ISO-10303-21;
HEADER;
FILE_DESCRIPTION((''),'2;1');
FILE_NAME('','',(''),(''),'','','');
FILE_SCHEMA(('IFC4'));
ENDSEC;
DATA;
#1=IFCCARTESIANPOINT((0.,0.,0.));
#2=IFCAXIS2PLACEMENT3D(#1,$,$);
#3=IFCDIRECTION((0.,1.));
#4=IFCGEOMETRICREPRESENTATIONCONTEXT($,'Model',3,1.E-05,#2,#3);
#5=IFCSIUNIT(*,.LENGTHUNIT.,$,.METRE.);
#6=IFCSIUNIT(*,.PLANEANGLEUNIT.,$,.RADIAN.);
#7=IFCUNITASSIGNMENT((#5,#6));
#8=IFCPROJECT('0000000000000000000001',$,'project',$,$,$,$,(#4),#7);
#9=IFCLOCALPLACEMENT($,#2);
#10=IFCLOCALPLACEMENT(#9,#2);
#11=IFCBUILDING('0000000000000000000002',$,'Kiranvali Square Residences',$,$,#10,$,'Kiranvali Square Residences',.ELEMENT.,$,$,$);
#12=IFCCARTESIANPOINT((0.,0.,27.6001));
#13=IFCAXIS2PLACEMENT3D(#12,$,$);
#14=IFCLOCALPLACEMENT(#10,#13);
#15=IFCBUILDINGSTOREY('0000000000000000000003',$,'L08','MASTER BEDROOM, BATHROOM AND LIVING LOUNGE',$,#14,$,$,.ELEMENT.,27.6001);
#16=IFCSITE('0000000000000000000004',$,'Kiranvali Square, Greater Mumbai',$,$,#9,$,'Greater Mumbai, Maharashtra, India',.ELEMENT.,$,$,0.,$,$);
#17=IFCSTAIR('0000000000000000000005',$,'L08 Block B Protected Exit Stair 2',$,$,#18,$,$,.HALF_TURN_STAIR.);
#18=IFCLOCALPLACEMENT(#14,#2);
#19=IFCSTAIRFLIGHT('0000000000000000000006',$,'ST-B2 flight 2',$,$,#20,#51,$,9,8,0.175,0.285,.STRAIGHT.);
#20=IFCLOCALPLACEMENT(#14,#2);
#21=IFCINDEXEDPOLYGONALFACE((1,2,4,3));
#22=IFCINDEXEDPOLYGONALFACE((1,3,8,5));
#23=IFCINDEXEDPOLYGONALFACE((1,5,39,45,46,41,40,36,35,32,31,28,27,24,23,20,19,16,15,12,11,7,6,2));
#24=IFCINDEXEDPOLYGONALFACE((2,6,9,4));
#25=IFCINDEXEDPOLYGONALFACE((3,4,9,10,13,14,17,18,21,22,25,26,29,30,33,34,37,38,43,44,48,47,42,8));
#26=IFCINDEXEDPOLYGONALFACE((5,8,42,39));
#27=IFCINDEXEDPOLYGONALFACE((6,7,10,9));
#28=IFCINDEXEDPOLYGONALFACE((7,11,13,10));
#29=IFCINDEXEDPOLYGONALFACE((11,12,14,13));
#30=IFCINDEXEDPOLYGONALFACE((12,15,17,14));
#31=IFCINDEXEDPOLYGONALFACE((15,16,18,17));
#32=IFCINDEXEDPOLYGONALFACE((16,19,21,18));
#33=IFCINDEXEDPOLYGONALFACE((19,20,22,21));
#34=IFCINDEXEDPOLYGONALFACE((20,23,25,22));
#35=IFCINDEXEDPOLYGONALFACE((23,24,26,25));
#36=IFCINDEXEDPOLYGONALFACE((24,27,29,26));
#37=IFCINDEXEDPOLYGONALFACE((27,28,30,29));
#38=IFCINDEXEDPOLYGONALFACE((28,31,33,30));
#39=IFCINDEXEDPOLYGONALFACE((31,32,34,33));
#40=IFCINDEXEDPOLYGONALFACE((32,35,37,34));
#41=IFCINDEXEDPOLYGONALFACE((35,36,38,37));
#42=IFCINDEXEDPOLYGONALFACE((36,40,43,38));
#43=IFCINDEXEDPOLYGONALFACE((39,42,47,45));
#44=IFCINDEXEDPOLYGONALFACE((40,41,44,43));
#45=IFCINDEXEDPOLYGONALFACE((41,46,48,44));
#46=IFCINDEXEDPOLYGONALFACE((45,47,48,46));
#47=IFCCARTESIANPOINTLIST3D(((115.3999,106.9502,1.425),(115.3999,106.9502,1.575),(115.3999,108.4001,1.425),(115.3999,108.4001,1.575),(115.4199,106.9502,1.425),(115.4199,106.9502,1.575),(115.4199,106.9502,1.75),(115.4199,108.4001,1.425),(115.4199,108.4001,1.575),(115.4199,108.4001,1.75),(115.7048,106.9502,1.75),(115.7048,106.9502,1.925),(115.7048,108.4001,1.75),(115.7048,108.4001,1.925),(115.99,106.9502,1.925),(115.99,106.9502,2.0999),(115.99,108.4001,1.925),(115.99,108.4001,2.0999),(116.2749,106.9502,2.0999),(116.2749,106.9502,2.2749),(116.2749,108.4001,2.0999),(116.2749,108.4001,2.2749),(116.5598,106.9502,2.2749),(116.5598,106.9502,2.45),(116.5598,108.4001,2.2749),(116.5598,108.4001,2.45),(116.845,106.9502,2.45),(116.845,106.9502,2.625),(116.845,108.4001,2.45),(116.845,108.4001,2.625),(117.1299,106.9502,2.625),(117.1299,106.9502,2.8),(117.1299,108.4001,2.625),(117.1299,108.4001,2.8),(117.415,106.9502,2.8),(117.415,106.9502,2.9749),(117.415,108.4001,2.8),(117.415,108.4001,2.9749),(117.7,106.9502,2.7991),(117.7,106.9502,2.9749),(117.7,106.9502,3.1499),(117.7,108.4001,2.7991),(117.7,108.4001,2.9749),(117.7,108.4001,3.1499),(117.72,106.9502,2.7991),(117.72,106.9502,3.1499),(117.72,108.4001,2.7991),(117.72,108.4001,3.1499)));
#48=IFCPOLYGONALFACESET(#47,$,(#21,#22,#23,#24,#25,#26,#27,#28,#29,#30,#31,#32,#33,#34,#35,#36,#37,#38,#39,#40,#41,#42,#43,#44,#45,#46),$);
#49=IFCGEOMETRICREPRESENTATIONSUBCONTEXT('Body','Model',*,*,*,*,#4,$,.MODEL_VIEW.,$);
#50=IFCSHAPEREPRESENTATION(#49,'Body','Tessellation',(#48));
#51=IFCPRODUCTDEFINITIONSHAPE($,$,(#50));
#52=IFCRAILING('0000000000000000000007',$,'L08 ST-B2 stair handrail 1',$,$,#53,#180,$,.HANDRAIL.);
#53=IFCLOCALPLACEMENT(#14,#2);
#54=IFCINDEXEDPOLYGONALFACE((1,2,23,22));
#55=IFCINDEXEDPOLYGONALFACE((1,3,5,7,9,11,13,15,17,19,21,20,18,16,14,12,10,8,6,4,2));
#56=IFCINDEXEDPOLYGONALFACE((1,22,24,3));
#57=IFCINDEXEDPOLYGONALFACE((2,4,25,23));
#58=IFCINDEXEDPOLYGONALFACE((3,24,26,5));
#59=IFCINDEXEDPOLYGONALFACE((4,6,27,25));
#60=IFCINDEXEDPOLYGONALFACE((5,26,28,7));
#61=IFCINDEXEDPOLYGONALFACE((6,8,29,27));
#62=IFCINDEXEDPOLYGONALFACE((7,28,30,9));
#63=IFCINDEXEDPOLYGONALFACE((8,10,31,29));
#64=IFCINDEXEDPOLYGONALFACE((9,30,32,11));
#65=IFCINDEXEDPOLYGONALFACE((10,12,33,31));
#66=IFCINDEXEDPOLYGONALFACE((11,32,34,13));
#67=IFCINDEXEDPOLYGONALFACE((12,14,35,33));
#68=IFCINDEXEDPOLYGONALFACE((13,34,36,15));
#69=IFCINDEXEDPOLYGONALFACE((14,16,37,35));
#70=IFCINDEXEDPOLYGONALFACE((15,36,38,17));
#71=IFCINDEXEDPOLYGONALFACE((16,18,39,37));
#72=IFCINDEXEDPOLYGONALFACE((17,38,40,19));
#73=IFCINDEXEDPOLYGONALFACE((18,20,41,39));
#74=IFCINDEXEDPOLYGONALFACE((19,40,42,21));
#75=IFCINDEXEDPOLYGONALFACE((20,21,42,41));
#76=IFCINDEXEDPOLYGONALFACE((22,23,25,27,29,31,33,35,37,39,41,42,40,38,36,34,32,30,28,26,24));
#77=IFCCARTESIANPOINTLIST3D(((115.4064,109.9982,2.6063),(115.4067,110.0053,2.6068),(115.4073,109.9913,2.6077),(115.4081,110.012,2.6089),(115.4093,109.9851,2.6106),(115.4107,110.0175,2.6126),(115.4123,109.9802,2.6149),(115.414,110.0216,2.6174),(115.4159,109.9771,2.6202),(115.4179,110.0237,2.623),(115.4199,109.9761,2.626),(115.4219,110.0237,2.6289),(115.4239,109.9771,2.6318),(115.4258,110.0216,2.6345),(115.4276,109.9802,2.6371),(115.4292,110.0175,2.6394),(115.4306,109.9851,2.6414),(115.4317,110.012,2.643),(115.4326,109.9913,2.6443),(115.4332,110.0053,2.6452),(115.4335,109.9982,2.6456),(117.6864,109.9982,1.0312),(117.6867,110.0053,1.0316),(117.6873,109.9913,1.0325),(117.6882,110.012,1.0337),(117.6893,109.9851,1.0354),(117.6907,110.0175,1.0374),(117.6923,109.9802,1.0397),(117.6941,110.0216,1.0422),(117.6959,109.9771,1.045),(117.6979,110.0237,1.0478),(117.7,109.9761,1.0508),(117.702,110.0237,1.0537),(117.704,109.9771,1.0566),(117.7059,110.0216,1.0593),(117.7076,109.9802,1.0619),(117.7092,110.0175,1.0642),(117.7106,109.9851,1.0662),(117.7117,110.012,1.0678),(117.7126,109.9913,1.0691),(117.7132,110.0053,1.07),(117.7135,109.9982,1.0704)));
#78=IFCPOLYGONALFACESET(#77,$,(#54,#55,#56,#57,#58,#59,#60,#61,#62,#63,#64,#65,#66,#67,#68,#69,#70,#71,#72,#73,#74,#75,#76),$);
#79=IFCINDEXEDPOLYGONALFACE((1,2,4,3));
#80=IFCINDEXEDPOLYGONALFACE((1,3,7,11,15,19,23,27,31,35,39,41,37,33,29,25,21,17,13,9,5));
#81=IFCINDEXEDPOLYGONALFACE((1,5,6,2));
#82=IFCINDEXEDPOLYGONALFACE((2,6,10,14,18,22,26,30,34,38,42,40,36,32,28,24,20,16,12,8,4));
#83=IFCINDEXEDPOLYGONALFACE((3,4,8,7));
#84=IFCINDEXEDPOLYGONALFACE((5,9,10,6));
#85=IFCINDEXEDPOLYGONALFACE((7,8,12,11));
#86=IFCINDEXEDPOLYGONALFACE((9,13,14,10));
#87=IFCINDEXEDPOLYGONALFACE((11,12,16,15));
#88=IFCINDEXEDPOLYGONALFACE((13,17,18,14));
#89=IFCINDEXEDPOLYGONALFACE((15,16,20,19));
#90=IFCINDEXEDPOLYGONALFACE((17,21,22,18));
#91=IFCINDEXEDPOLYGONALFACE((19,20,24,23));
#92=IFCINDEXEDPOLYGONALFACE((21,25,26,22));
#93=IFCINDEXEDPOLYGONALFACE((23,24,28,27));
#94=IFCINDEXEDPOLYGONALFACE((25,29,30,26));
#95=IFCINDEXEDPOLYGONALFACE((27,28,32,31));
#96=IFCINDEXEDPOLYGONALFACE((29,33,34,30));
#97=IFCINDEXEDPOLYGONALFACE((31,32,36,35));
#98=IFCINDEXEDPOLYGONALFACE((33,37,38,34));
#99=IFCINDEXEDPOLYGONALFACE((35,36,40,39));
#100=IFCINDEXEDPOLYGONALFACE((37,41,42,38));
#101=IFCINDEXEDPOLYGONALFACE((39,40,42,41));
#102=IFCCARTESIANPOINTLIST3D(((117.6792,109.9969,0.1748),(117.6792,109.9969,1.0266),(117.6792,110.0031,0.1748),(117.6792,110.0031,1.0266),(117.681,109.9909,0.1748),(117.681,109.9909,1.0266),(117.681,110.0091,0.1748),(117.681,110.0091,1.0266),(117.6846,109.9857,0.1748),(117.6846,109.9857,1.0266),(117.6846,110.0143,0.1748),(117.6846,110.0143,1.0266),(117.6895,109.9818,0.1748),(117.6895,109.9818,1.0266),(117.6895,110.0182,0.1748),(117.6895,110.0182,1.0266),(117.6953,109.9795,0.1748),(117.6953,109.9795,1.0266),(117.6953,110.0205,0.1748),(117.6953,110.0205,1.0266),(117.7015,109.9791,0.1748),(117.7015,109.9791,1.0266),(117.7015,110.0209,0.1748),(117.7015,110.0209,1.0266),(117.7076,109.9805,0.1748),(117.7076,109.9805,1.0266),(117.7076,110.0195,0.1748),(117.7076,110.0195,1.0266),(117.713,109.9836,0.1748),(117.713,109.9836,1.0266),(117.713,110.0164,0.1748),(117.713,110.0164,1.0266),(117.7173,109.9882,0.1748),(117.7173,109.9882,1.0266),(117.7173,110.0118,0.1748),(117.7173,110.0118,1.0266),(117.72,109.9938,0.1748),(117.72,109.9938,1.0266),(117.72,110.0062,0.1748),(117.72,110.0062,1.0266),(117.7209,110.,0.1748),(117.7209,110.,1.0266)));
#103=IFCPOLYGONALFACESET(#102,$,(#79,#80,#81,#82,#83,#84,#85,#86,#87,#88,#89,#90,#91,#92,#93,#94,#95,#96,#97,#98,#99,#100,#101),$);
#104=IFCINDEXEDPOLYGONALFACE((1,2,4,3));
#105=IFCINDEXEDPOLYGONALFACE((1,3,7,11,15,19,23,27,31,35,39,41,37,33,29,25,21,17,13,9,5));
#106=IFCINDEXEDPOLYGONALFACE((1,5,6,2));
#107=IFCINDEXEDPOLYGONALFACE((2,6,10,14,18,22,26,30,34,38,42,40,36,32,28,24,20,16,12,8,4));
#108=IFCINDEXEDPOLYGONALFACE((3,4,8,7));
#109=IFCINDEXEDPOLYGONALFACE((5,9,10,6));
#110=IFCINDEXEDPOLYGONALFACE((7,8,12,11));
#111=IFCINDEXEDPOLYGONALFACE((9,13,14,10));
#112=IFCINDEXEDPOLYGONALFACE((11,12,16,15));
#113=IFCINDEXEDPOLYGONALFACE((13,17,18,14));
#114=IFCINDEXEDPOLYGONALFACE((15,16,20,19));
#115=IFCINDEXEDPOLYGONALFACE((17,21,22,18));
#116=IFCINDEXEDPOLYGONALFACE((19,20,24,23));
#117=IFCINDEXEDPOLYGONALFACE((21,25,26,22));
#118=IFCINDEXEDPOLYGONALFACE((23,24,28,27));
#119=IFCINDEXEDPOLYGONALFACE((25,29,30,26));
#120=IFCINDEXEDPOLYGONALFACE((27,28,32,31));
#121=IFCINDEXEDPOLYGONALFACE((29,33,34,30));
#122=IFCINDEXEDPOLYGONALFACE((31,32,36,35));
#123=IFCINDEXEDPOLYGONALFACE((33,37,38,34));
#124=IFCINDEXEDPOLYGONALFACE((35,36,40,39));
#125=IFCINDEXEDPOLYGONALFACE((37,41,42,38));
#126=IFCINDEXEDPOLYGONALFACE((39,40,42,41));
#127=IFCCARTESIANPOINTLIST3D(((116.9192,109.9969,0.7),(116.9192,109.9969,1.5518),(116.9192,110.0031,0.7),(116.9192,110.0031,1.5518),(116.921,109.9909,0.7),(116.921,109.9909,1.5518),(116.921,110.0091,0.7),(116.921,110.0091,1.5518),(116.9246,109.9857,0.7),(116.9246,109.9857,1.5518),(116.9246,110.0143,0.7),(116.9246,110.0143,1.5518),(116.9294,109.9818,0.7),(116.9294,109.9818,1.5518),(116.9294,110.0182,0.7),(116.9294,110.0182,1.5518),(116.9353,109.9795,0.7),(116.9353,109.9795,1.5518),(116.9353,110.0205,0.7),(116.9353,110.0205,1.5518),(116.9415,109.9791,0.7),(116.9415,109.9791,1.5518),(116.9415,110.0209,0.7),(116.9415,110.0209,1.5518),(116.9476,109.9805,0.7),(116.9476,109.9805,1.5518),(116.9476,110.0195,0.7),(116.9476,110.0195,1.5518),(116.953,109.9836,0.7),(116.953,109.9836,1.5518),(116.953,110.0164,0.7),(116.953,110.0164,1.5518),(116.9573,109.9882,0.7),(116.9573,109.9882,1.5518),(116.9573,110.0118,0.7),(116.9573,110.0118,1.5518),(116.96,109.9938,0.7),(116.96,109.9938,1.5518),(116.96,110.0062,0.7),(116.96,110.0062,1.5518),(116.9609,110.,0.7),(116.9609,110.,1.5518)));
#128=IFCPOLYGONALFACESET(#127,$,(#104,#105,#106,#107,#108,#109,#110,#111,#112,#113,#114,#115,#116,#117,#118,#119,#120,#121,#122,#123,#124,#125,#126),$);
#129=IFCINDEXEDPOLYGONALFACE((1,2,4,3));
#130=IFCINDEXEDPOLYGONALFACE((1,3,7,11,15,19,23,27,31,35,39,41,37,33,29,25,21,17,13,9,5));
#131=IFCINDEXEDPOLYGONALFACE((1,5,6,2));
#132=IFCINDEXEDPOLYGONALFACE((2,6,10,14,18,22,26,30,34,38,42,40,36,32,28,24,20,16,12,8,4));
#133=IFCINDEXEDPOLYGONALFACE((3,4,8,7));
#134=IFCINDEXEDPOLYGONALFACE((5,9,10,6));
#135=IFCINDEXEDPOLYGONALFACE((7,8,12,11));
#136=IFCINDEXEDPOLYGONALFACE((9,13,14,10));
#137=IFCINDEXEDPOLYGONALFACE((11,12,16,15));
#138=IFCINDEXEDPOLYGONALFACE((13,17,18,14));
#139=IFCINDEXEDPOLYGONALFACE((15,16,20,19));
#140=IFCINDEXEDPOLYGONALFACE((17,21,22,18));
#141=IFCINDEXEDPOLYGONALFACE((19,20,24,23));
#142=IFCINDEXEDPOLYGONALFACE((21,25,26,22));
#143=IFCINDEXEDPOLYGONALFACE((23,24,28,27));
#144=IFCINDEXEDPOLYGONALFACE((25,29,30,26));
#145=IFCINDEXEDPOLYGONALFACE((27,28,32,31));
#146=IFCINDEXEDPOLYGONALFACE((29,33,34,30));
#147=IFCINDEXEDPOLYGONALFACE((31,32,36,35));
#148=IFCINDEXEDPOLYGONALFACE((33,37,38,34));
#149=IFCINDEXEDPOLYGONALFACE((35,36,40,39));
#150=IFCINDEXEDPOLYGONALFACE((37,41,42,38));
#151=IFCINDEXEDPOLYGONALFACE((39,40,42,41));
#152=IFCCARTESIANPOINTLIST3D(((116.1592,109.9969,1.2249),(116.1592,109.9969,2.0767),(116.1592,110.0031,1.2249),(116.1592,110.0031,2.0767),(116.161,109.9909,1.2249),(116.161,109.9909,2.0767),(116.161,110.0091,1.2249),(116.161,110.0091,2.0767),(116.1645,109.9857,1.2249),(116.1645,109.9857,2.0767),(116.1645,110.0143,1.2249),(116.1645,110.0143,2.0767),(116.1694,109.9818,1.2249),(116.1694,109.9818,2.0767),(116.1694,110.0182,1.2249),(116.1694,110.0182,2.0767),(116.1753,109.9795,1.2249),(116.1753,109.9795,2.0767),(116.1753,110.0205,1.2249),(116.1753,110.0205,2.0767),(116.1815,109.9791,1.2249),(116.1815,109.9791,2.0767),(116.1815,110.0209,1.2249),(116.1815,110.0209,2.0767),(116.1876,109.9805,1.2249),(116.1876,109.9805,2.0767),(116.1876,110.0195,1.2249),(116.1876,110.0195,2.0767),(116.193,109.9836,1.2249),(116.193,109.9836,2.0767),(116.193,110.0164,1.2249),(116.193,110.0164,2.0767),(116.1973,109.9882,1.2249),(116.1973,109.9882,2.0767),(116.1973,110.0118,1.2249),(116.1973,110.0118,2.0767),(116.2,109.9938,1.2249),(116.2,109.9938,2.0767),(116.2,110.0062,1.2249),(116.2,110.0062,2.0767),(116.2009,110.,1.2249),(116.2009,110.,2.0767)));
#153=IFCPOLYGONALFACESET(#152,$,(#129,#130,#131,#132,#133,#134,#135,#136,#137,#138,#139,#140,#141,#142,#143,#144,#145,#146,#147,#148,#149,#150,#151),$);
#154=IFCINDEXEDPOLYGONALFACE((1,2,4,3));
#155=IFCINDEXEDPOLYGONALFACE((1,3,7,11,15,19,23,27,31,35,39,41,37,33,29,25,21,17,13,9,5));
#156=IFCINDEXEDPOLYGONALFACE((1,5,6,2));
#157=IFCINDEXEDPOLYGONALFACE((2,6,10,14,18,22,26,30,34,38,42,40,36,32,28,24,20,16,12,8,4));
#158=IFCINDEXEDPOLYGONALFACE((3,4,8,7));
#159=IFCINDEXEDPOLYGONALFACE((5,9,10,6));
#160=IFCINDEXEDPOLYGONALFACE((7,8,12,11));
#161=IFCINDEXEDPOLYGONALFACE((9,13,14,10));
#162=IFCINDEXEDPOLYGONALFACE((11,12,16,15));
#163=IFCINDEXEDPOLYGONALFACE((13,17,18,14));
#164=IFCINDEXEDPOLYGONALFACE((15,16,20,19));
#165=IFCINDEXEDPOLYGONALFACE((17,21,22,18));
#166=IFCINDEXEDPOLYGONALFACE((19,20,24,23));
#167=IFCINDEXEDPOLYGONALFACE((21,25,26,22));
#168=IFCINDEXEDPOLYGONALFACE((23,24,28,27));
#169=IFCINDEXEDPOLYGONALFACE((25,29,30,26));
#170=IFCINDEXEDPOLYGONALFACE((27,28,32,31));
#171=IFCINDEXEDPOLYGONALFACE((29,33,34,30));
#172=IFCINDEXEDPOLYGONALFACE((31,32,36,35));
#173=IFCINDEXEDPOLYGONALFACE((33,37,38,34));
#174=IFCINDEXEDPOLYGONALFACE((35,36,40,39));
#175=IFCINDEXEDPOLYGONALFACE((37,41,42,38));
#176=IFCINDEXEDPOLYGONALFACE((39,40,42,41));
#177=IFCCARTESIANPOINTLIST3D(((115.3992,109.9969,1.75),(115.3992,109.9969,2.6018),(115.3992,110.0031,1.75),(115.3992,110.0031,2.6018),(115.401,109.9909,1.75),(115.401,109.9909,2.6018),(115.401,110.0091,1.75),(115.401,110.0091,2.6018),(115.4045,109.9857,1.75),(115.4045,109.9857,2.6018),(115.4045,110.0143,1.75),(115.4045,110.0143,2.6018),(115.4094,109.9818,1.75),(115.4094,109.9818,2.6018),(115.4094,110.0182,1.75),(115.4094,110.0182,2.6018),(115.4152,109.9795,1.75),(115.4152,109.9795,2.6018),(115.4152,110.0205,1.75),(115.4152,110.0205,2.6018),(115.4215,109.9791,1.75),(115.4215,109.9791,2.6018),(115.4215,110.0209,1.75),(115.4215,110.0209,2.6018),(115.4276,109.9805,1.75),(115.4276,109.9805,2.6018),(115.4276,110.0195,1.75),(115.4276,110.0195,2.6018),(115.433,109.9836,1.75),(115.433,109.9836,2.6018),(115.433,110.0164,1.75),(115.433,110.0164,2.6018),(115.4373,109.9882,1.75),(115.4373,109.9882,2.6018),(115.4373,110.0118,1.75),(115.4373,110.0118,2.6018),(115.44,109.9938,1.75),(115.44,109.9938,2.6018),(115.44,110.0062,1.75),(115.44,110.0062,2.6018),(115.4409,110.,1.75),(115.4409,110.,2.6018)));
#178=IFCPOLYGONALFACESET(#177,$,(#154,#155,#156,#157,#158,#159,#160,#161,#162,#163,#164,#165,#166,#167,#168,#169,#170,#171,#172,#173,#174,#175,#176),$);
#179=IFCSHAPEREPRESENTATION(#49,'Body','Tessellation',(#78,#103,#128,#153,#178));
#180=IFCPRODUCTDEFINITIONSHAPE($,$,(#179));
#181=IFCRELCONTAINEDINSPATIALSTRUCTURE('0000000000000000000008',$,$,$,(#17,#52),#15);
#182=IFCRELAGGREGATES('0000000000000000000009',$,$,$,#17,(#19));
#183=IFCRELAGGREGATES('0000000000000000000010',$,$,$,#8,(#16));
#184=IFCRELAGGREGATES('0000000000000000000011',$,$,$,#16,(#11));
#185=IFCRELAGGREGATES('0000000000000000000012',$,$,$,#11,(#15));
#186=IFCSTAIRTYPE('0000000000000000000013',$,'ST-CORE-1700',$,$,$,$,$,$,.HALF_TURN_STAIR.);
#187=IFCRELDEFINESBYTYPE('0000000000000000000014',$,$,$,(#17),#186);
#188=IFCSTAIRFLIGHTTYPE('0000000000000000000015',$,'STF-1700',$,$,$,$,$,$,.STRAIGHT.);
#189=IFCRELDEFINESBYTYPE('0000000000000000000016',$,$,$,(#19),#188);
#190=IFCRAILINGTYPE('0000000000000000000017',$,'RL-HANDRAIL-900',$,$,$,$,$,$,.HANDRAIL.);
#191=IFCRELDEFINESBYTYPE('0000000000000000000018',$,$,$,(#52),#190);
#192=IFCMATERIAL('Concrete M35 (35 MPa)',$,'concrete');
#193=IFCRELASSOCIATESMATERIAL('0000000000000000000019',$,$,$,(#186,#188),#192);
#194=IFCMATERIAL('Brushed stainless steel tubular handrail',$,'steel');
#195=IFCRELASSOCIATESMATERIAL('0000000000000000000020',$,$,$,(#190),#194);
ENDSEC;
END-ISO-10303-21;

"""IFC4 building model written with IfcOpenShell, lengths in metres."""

from ifc_helpers import new_model, si_unit, direction, frame, origin, origin_2d, place, context, subcontext, project, spatial, polyline, circle, outline, extrude, material, type_object, element, aggregate, save


model = new_model("IFC4")

# Units and contexts
model_context = context("Model", 3, precision=1e-05, world=origin(), true_north=direction((0.0, 1.0)))
body_context = subcontext(model_context, "Body", "Model", "MODEL_VIEW")
ifc_project = project(units=[si_unit("LENGTHUNIT", "METRE"), si_unit("PLANEANGLEUNIT", "RADIAN")], contexts=[model_context])

# Site, building, storey
site_placement = place(None, origin())
site = spatial("IfcSite", under=ifc_project, at=site_placement, Name="Kiranvali Square, Greater Mumbai", LongName="Greater Mumbai, Maharashtra, India", CompositionType="ELEMENT", RefElevation=0.0)
building_placement = place(site_placement, origin())
building = spatial("IfcBuilding", under=site, at=building_placement, Name="Kiranvali Square Residences", LongName="Kiranvali Square Residences", CompositionType="ELEMENT")
storey_placement = place(building_placement, frame((0.0, 0.0, 27.6001)))
storey = spatial("IfcBuildingStorey", under=building, at=storey_placement, Name="L08", Description="MASTER BEDROOM, BATHROOM AND LIVING LOUNGE", CompositionType="ELEMENT", Elevation=27.6001)

# Stair, stair flight
ifc_material_1 = material(Name="Concrete M35 (35 MPa)", Category="concrete")
stair_type = type_object("IfcStairType", Name="ST-CORE-1700", PredefinedType="HALF_TURN_STAIR", material=ifc_material_1)
stair_placement = place(storey_placement, origin())
stair = element("IfcStair", 1, at=stair_placement, inside=storey, type_object=stair_type, Name="L08 Block B Protected Exit Stair 2", PredefinedType="HALF_TURN_STAIR")
stair_flight_type = type_object("IfcStairFlightType", Name="STF-1700", PredefinedType="STRAIGHT", material=ifc_material_1)
stair_flight_1_placement = place(storey_placement, frame((115.4199, 107.675, 1.575), z_axis=(0.0, 0.0, 1.0), x_axis=(1.0, 0.0, 0.0)))
stair_flight_1 = element("IfcStairFlight", 2, at=stair_flight_1_placement, type_object=stair_flight_type, Name="ST-B2 flight 2", NumberOfRisers=9, NumberOfTreads=8, PredefinedType="STRAIGHT", RiserHeight=0.175, TreadLength=0.285, context=body_context, shape_type="SweptSolid", body=[
    extrude(outline(polyline([(-0.02, -0.1499), (-0.02, 0.0), (0.0, 0.0), (0.0, 0.175), (0.2849, 0.175), (0.2849, 0.3501), (0.5701, 0.3501), (0.5701, 0.5249), (0.855, 0.5249), (0.855, 0.7), (1.1399, 0.7), (1.1399, 0.875), (1.425, 0.875), (1.425, 1.05), (1.71, 1.05), (1.71, 1.2251), (1.9951, 1.2251), (1.9951, 1.3999), (2.28, 1.3999), (2.28, 1.575), (2.3, 1.575), (2.3, 1.2241), (2.28, 1.2241), (0.0, -0.1499), (-0.02, -0.1499)])), frame((0.0, 0.7251, 0.0), z_axis=(0.0, -1.0, 0.0), x_axis=(1.0, 0.0, 0.0)), (0.0, 0.0, 1.0), 1.45),
])
aggregate(stair, [stair_flight_1])

# Railing
ifc_material_2 = material(Name="Brushed stainless steel tubular handrail", Category="steel")
railing_type_1 = type_object("IfcRailingType", Name="RL-HANDRAIL-900", PredefinedType="HANDRAIL", material=ifc_material_2)
railing_1_placement = place(storey_placement, frame((117.7, 110.0, 0.1748)))
element("IfcRailing", 3, at=railing_1_placement, inside=storey, type_object=railing_type_1, Name="L08 ST-B2 stair handrail 1", PredefinedType="HANDRAIL", context=body_context, shape_type="SweptSolid", body=[
    extrude(circle(Radius=0.0239, at=origin_2d()), frame((0.0, 0.0, 0.876), z_axis=(-0.822747, 0.0, 0.568408), x_axis=(0.0, -1.0, 0.0)), (0.0, 0.0, 1.0), 2.7712),
    extrude(circle(Radius=0.021, at=origin_2d()), origin(), (0.0, 0.0, 1.0), 0.8518),
    extrude(circle(Radius=0.021, at=origin_2d()), frame((-0.76, 0.0, 0.5251)), (0.0, 0.0, 1.0), 0.8518),
    extrude(circle(Radius=0.021, at=origin_2d()), frame((-1.52, 0.0, 1.05)), (0.0, 0.0, 1.0), 0.8518),
    extrude(circle(Radius=0.021, at=origin_2d()), frame((-2.28, 0.0, 1.5752)), (0.0, 0.0, 1.0), 0.8518),
])

save(model, "model.ifc")
